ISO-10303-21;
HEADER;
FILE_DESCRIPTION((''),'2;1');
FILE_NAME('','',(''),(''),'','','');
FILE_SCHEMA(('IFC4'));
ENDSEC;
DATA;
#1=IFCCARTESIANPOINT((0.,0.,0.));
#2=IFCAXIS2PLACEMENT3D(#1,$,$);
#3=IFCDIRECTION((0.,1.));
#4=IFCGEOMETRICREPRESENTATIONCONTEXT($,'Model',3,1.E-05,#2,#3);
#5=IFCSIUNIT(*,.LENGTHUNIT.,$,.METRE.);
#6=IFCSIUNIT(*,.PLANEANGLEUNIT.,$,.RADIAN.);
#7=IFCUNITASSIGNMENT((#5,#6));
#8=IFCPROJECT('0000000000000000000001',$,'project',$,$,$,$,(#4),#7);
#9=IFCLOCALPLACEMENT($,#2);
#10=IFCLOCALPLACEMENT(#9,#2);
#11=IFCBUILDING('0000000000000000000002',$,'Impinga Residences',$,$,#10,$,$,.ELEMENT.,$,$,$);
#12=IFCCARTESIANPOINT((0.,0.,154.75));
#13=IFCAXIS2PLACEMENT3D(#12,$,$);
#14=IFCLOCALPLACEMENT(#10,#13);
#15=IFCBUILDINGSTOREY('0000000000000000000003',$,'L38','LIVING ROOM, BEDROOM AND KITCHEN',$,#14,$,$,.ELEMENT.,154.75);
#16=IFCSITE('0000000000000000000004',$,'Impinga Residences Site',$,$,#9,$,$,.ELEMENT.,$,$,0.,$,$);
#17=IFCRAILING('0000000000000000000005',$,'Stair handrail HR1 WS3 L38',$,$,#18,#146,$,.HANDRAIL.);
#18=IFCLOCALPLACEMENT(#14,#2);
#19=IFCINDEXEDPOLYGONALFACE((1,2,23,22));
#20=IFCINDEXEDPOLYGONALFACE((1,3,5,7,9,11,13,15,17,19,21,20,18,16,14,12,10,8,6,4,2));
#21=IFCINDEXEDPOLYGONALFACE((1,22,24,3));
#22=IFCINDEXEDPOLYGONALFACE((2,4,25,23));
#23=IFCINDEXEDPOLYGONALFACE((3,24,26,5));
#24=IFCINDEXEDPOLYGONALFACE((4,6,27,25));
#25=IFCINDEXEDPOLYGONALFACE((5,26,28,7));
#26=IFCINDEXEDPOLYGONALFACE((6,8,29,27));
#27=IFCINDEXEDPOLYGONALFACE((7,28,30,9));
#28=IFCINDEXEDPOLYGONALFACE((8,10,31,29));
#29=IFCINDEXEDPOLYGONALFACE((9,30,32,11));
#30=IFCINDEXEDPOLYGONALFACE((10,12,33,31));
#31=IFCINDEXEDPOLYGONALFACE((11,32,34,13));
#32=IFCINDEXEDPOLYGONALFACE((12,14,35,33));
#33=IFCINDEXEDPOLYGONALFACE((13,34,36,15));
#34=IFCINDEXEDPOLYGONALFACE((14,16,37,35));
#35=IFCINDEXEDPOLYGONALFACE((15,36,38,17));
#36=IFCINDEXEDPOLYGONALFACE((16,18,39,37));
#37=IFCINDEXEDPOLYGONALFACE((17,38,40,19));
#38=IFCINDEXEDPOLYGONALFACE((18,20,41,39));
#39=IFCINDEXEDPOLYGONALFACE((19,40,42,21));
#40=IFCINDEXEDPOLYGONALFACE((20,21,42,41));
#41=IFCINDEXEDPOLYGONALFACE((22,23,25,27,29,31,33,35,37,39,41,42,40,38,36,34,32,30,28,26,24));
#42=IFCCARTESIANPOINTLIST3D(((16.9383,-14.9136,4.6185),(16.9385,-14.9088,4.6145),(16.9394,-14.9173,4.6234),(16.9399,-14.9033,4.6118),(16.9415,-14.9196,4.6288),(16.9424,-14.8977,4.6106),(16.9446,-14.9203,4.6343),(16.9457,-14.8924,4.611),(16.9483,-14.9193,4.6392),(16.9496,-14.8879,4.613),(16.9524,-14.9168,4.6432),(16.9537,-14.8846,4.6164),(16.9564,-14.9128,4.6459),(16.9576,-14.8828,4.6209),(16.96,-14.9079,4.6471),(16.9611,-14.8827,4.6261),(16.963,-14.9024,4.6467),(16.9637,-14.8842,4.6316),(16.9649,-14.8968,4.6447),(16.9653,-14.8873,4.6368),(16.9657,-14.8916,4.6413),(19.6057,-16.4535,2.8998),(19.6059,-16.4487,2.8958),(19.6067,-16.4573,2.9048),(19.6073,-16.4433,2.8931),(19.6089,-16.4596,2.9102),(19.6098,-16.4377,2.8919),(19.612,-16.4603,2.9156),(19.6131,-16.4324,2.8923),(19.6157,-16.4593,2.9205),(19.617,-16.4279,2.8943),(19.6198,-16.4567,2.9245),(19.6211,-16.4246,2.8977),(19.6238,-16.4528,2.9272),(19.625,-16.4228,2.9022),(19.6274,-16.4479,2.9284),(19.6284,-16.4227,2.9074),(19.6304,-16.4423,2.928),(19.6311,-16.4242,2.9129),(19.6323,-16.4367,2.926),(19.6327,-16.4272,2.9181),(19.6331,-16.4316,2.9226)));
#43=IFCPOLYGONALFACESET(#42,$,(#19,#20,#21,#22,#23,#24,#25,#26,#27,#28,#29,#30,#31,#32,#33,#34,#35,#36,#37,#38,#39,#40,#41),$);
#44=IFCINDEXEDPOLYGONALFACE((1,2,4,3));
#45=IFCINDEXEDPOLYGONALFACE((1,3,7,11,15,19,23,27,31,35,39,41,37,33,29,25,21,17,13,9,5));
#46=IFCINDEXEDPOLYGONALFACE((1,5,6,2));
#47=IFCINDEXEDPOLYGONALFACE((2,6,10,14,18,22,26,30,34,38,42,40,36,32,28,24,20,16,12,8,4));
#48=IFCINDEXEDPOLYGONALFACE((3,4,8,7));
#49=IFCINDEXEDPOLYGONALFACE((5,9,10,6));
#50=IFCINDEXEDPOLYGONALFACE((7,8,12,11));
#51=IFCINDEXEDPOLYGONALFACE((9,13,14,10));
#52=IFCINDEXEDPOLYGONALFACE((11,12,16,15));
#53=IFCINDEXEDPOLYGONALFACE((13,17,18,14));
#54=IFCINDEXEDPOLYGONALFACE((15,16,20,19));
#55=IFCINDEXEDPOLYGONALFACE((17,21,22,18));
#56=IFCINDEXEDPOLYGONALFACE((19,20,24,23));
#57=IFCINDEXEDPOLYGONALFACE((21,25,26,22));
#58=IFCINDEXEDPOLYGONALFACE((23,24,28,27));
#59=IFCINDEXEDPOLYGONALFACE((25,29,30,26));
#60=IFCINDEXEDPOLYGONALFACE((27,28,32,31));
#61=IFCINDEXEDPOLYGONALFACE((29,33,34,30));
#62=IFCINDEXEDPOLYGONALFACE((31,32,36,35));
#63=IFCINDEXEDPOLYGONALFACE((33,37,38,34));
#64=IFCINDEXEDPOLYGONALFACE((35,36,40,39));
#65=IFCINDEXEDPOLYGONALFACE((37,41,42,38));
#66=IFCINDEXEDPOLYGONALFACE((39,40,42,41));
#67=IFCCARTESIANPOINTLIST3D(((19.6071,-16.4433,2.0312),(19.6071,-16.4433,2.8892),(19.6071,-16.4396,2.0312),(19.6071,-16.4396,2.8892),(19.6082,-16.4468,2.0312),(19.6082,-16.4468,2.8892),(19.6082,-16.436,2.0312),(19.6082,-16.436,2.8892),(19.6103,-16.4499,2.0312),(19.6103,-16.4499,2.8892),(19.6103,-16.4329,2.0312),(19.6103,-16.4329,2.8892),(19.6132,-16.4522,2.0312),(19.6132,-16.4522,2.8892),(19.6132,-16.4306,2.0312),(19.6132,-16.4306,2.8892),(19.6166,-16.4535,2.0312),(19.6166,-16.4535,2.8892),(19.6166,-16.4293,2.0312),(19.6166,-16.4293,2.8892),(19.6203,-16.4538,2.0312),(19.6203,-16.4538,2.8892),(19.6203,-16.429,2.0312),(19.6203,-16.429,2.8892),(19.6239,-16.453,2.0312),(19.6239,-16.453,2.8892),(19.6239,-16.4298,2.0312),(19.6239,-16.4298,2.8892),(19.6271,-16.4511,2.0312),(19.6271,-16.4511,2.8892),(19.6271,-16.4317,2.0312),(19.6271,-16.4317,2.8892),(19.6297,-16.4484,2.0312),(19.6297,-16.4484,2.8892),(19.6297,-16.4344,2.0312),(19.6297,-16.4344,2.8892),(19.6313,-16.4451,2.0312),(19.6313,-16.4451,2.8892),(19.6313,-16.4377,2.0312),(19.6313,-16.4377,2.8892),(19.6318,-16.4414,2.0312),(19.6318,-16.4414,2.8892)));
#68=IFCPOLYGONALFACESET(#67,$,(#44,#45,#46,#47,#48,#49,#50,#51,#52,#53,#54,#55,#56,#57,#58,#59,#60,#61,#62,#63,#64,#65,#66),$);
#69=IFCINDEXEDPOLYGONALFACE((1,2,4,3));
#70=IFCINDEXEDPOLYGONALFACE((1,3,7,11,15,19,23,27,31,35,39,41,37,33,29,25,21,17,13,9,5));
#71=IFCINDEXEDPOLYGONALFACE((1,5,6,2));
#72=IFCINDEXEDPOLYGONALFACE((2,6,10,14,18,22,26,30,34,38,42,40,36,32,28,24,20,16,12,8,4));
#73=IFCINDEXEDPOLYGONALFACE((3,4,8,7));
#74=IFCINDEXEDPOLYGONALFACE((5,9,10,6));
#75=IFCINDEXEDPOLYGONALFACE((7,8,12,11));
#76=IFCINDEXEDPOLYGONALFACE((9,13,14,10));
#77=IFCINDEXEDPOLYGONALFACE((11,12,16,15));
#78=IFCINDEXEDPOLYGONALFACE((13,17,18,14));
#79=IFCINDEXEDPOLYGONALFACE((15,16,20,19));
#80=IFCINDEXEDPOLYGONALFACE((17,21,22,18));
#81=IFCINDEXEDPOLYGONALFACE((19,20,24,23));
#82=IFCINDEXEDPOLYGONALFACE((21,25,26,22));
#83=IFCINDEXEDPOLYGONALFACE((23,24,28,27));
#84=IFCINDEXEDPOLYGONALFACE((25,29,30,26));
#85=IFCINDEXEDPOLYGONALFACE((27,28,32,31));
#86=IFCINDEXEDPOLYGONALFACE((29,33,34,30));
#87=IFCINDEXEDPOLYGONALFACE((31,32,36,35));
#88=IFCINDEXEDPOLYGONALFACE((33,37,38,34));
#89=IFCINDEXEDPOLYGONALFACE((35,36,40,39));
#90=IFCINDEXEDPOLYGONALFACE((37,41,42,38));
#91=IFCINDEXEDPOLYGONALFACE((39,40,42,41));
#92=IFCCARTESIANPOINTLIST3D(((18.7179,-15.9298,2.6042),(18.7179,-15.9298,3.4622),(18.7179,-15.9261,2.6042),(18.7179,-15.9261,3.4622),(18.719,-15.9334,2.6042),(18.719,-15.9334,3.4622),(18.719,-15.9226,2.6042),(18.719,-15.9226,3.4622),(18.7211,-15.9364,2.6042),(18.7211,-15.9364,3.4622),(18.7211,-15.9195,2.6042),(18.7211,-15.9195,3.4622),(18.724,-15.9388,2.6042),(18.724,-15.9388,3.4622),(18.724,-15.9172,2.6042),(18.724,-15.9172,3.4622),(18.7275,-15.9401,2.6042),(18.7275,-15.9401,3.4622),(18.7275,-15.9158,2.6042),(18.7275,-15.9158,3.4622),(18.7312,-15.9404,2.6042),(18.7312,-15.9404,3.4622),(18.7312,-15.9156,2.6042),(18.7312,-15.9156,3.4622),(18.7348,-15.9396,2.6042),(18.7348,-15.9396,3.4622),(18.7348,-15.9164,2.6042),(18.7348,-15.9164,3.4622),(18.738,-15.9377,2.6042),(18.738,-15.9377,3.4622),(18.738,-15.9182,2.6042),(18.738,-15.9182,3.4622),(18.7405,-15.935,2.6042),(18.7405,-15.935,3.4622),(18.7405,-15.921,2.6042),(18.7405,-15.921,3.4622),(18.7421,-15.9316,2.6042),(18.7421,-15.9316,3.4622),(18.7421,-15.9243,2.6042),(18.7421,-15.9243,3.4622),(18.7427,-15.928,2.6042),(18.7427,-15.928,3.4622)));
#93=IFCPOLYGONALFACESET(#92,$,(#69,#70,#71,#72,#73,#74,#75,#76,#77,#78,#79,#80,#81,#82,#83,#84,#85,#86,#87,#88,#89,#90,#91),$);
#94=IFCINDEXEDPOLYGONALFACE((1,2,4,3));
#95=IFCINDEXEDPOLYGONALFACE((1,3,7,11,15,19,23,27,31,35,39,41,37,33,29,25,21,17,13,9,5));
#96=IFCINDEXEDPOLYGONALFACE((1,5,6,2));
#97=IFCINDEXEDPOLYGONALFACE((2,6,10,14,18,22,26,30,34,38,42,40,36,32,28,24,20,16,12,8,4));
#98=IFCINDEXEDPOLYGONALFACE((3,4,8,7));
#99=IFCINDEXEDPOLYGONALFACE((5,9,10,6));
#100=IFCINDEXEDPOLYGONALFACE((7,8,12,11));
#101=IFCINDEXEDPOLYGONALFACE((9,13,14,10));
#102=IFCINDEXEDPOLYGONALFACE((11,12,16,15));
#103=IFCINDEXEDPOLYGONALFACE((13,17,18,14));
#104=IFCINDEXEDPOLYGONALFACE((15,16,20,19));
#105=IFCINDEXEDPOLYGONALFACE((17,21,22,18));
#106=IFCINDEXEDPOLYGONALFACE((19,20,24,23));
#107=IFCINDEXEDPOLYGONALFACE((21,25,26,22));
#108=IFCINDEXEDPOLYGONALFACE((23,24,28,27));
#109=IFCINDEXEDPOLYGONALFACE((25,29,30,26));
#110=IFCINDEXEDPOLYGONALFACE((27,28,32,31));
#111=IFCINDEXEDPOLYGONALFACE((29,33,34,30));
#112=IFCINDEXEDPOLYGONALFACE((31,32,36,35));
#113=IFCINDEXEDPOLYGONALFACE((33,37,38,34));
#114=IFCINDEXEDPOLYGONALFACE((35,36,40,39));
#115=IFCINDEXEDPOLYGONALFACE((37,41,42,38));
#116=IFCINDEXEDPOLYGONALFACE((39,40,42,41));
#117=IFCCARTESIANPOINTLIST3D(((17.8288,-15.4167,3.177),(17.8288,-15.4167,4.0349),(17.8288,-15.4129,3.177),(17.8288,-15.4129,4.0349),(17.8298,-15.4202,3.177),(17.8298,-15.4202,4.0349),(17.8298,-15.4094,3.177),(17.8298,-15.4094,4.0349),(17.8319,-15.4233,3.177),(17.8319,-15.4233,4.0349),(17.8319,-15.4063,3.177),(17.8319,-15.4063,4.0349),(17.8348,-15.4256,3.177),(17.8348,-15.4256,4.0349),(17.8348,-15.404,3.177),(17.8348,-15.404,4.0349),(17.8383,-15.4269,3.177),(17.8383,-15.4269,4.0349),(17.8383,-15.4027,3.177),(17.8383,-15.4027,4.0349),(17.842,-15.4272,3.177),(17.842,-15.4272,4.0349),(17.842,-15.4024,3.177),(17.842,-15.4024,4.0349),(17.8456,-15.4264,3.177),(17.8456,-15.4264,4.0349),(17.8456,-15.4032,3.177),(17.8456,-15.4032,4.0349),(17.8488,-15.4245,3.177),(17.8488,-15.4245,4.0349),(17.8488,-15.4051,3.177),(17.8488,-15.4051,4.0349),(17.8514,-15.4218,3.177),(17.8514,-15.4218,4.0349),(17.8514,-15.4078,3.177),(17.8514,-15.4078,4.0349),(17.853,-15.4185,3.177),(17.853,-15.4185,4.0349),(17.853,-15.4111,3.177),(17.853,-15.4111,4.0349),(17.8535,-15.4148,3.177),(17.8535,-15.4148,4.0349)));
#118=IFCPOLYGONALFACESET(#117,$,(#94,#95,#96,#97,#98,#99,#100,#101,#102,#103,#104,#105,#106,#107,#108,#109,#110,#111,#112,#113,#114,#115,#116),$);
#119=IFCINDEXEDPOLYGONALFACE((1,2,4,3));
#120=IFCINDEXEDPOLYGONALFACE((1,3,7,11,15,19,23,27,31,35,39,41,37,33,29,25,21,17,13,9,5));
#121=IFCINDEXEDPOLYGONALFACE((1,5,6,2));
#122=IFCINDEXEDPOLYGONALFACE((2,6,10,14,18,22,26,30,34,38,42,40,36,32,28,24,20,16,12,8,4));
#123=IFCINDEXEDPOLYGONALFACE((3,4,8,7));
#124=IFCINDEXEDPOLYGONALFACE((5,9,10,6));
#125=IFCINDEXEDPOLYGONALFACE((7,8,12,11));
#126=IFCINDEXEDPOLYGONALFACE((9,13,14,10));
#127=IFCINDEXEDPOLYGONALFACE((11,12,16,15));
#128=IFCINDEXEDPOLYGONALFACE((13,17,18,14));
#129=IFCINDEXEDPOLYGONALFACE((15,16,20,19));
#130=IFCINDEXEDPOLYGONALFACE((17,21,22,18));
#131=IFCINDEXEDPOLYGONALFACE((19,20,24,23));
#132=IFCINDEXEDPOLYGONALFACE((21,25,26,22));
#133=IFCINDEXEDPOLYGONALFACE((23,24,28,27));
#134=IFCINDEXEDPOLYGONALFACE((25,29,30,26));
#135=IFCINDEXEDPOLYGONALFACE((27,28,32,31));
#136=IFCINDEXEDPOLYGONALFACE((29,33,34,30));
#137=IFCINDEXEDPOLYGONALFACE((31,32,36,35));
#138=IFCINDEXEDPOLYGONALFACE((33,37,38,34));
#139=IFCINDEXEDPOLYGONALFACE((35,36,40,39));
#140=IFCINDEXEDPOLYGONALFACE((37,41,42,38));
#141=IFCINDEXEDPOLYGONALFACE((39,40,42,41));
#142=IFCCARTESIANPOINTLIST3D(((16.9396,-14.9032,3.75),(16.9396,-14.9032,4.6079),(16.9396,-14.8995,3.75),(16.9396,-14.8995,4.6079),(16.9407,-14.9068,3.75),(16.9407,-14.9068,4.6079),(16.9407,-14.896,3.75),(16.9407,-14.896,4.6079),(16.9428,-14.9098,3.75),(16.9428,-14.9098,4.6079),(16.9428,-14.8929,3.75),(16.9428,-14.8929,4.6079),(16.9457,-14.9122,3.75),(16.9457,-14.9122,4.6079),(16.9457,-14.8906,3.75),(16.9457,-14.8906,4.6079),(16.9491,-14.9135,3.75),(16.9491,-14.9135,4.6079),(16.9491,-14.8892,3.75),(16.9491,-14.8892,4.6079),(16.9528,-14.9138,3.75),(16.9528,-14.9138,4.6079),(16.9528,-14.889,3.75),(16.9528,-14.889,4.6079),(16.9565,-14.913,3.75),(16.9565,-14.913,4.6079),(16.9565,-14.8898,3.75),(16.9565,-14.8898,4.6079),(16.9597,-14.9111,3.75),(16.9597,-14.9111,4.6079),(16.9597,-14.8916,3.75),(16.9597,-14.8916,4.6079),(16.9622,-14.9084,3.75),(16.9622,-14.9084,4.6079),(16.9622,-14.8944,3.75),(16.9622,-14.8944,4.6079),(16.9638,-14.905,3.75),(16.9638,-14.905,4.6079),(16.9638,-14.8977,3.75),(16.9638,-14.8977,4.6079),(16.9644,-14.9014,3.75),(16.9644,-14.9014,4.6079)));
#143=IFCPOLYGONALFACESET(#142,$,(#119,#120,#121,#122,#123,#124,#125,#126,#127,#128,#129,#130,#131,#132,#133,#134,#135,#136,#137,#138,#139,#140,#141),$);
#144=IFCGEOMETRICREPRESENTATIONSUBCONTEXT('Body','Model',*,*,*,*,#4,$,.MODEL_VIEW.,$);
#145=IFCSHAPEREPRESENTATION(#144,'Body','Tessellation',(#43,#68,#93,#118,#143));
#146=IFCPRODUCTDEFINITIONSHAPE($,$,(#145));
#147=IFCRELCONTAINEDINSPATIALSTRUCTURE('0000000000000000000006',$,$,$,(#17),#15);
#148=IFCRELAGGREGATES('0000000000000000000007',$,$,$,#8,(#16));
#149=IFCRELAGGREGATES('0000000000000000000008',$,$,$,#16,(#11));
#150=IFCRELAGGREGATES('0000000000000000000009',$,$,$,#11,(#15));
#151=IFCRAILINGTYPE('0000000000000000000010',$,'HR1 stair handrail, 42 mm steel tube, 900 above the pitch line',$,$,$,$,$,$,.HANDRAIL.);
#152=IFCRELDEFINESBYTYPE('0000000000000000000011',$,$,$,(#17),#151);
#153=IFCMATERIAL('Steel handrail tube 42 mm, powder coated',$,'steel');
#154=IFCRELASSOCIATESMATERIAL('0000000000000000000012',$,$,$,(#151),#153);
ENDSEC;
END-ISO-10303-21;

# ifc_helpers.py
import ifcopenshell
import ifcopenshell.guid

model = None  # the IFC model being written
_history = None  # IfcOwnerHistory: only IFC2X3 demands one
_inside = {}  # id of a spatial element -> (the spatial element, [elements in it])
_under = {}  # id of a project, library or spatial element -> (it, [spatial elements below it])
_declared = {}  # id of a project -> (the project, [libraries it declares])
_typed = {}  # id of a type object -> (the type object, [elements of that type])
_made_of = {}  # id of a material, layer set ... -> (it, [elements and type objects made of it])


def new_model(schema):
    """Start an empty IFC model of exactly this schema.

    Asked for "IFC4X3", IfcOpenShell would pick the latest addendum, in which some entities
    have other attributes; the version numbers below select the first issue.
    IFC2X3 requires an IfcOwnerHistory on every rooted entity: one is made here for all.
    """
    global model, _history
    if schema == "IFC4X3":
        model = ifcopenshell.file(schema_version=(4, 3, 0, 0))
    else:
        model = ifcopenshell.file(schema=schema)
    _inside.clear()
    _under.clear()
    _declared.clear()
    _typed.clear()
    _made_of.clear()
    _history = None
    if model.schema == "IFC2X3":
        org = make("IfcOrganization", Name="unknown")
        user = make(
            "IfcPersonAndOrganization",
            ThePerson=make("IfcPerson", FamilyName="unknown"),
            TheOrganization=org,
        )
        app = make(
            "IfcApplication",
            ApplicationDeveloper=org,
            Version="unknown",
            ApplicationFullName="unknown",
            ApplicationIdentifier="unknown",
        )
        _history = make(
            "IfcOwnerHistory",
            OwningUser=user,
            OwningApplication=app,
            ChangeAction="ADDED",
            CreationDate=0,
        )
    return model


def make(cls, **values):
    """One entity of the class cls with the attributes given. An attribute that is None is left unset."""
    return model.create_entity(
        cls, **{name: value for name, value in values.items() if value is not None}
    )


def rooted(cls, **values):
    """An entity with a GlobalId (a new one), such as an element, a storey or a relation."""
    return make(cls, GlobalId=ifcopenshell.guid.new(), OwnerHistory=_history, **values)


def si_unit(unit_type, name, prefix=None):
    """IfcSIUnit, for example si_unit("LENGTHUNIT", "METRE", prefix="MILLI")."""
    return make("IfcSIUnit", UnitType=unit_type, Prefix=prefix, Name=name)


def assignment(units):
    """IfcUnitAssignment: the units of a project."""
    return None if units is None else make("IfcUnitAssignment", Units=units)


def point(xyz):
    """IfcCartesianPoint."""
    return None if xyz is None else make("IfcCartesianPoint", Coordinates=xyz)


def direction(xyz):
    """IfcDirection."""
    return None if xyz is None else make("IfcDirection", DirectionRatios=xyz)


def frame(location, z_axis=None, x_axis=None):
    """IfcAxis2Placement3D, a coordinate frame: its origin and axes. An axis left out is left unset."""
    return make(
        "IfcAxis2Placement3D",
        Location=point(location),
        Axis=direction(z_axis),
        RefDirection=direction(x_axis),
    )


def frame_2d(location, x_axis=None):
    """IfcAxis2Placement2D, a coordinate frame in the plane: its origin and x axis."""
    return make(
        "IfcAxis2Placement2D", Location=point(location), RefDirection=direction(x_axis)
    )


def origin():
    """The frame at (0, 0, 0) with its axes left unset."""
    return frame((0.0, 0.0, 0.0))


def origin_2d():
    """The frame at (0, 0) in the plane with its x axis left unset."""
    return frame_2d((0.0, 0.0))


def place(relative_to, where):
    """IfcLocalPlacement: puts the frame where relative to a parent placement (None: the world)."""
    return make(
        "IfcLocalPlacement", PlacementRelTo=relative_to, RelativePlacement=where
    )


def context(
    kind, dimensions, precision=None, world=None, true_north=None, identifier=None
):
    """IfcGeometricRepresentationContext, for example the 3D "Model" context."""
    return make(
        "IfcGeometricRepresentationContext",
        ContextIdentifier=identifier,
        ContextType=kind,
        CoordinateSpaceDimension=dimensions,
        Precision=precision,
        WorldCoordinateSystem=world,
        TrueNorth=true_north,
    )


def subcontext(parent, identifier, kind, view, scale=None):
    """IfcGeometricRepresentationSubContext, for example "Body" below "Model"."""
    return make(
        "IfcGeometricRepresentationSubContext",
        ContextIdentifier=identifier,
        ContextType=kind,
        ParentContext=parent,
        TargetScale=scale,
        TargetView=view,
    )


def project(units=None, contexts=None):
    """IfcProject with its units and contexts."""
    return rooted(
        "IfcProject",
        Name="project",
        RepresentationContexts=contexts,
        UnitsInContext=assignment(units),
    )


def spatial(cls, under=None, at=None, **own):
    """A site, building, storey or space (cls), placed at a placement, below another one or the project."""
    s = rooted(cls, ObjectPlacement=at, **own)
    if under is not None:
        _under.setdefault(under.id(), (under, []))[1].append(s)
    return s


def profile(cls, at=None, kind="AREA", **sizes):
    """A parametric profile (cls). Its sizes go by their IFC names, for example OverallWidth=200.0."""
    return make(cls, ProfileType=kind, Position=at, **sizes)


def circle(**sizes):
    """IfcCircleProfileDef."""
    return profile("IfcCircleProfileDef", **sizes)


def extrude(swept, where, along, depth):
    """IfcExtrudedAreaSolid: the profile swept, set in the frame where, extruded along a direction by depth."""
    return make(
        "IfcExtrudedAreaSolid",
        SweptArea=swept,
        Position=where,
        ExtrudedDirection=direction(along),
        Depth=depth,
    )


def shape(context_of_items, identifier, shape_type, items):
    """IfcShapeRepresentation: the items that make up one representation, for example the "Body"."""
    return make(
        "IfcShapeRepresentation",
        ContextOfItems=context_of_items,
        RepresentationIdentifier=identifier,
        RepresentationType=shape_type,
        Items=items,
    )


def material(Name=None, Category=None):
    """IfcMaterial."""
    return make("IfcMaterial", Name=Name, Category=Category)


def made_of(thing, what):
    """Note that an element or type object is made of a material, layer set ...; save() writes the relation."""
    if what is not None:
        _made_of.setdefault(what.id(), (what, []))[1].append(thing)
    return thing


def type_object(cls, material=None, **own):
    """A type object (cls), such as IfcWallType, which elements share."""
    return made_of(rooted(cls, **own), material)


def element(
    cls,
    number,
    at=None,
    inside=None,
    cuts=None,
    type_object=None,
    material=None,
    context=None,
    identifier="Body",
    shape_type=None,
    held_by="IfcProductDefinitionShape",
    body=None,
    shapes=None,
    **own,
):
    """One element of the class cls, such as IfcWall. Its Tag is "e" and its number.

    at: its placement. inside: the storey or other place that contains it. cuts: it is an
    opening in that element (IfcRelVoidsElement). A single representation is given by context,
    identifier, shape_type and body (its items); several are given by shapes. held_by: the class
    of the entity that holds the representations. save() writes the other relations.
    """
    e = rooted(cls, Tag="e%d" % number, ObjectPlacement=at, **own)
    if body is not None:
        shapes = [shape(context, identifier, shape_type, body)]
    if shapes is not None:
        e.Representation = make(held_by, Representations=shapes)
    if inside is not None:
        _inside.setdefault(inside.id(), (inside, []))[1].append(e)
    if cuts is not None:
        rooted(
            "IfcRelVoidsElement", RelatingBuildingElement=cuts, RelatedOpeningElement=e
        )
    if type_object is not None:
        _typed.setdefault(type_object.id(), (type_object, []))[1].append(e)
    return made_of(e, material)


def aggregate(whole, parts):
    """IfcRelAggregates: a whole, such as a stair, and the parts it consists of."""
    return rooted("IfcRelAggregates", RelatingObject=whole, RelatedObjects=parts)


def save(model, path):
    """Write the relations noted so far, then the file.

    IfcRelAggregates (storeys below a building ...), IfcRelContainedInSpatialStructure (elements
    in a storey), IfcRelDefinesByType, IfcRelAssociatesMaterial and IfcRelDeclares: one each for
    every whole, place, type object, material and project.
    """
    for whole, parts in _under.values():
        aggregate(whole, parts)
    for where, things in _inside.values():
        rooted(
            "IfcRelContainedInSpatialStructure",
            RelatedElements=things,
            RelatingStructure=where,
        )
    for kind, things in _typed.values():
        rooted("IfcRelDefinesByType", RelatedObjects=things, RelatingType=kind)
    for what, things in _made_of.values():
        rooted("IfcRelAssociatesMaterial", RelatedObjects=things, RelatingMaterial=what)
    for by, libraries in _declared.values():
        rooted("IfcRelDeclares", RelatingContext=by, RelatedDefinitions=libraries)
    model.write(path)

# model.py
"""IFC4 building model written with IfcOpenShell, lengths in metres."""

from ifc_helpers import new_model, si_unit, direction, frame, origin, origin_2d, place, context, subcontext, project, spatial, circle, extrude, material, type_object, element, save


model = new_model("IFC4")

# Units and contexts
model_context = context("Model", 3, precision=1e-05, world=origin(), true_north=direction((0.0, 1.0)))
body_context = subcontext(model_context, "Body", "Model", "MODEL_VIEW")
ifc_project = project(units=[si_unit("LENGTHUNIT", "METRE"), si_unit("PLANEANGLEUNIT", "RADIAN")], contexts=[model_context])

# Site, building, storey
site_placement = place(None, origin())
site = spatial("IfcSite", under=ifc_project, at=site_placement, Name="Impinga Residences Site", CompositionType="ELEMENT", RefElevation=0.0)
building_placement = place(site_placement, origin())
building = spatial("IfcBuilding", under=site, at=building_placement, Name="Impinga Residences", CompositionType="ELEMENT")
storey_placement = place(building_placement, frame((0.0, 0.0, 154.75)))
storey = spatial("IfcBuildingStorey", under=building, at=storey_placement, Name="L38", Description="LIVING ROOM, BEDROOM AND KITCHEN", CompositionType="ELEMENT", Elevation=154.75)

# Railing
ifc_material_1 = material(Name="Steel handrail tube 42 mm, powder coated", Category="steel")
railing_type = type_object("IfcRailingType", Name="HR1 stair handrail, 42 mm steel tube, 900 above the pitch line", PredefinedType="HANDRAIL", material=ifc_material_1)
railing_1_placement = place(storey_placement, frame((19.6194, -16.4414, 2.0312)))
element("IfcRailing", 1, at=railing_1_placement, inside=storey, type_object=railing_type, Name="Stair handrail HR1 WS3 L38", PredefinedType="HANDRAIL", context=body_context, shape_type="SweptSolid", body=[
    extrude(circle(Radius=0.021, at=origin_2d()), frame((0.0, 0.0, 0.8789), z_axis=(-0.756256, 0.436616, 0.487282), x_axis=(-0.499992, -0.86603, 0.0)), (0.0, 0.0, 1.0), 3.5271),
    extrude(circle(Radius=0.0125, at=origin_2d()), origin(), (0.0, 0.0, 1.0), 0.8579),
    extrude(circle(Radius=0.0125, at=origin_2d()), frame((-0.8892, 0.5134, 0.573)), (0.0, 0.0, 1.0), 0.8579),
    extrude(circle(Radius=0.0125, at=origin_2d()), frame((-1.7783, 1.0266, 1.1458)), (0.0, 0.0, 1.0), 0.8579),
    extrude(circle(Radius=0.0125, at=origin_2d()), frame((-2.6675, 1.54, 1.7188)), (0.0, 0.0, 1.0), 0.8579),
])

save(model, "model.ifc")
